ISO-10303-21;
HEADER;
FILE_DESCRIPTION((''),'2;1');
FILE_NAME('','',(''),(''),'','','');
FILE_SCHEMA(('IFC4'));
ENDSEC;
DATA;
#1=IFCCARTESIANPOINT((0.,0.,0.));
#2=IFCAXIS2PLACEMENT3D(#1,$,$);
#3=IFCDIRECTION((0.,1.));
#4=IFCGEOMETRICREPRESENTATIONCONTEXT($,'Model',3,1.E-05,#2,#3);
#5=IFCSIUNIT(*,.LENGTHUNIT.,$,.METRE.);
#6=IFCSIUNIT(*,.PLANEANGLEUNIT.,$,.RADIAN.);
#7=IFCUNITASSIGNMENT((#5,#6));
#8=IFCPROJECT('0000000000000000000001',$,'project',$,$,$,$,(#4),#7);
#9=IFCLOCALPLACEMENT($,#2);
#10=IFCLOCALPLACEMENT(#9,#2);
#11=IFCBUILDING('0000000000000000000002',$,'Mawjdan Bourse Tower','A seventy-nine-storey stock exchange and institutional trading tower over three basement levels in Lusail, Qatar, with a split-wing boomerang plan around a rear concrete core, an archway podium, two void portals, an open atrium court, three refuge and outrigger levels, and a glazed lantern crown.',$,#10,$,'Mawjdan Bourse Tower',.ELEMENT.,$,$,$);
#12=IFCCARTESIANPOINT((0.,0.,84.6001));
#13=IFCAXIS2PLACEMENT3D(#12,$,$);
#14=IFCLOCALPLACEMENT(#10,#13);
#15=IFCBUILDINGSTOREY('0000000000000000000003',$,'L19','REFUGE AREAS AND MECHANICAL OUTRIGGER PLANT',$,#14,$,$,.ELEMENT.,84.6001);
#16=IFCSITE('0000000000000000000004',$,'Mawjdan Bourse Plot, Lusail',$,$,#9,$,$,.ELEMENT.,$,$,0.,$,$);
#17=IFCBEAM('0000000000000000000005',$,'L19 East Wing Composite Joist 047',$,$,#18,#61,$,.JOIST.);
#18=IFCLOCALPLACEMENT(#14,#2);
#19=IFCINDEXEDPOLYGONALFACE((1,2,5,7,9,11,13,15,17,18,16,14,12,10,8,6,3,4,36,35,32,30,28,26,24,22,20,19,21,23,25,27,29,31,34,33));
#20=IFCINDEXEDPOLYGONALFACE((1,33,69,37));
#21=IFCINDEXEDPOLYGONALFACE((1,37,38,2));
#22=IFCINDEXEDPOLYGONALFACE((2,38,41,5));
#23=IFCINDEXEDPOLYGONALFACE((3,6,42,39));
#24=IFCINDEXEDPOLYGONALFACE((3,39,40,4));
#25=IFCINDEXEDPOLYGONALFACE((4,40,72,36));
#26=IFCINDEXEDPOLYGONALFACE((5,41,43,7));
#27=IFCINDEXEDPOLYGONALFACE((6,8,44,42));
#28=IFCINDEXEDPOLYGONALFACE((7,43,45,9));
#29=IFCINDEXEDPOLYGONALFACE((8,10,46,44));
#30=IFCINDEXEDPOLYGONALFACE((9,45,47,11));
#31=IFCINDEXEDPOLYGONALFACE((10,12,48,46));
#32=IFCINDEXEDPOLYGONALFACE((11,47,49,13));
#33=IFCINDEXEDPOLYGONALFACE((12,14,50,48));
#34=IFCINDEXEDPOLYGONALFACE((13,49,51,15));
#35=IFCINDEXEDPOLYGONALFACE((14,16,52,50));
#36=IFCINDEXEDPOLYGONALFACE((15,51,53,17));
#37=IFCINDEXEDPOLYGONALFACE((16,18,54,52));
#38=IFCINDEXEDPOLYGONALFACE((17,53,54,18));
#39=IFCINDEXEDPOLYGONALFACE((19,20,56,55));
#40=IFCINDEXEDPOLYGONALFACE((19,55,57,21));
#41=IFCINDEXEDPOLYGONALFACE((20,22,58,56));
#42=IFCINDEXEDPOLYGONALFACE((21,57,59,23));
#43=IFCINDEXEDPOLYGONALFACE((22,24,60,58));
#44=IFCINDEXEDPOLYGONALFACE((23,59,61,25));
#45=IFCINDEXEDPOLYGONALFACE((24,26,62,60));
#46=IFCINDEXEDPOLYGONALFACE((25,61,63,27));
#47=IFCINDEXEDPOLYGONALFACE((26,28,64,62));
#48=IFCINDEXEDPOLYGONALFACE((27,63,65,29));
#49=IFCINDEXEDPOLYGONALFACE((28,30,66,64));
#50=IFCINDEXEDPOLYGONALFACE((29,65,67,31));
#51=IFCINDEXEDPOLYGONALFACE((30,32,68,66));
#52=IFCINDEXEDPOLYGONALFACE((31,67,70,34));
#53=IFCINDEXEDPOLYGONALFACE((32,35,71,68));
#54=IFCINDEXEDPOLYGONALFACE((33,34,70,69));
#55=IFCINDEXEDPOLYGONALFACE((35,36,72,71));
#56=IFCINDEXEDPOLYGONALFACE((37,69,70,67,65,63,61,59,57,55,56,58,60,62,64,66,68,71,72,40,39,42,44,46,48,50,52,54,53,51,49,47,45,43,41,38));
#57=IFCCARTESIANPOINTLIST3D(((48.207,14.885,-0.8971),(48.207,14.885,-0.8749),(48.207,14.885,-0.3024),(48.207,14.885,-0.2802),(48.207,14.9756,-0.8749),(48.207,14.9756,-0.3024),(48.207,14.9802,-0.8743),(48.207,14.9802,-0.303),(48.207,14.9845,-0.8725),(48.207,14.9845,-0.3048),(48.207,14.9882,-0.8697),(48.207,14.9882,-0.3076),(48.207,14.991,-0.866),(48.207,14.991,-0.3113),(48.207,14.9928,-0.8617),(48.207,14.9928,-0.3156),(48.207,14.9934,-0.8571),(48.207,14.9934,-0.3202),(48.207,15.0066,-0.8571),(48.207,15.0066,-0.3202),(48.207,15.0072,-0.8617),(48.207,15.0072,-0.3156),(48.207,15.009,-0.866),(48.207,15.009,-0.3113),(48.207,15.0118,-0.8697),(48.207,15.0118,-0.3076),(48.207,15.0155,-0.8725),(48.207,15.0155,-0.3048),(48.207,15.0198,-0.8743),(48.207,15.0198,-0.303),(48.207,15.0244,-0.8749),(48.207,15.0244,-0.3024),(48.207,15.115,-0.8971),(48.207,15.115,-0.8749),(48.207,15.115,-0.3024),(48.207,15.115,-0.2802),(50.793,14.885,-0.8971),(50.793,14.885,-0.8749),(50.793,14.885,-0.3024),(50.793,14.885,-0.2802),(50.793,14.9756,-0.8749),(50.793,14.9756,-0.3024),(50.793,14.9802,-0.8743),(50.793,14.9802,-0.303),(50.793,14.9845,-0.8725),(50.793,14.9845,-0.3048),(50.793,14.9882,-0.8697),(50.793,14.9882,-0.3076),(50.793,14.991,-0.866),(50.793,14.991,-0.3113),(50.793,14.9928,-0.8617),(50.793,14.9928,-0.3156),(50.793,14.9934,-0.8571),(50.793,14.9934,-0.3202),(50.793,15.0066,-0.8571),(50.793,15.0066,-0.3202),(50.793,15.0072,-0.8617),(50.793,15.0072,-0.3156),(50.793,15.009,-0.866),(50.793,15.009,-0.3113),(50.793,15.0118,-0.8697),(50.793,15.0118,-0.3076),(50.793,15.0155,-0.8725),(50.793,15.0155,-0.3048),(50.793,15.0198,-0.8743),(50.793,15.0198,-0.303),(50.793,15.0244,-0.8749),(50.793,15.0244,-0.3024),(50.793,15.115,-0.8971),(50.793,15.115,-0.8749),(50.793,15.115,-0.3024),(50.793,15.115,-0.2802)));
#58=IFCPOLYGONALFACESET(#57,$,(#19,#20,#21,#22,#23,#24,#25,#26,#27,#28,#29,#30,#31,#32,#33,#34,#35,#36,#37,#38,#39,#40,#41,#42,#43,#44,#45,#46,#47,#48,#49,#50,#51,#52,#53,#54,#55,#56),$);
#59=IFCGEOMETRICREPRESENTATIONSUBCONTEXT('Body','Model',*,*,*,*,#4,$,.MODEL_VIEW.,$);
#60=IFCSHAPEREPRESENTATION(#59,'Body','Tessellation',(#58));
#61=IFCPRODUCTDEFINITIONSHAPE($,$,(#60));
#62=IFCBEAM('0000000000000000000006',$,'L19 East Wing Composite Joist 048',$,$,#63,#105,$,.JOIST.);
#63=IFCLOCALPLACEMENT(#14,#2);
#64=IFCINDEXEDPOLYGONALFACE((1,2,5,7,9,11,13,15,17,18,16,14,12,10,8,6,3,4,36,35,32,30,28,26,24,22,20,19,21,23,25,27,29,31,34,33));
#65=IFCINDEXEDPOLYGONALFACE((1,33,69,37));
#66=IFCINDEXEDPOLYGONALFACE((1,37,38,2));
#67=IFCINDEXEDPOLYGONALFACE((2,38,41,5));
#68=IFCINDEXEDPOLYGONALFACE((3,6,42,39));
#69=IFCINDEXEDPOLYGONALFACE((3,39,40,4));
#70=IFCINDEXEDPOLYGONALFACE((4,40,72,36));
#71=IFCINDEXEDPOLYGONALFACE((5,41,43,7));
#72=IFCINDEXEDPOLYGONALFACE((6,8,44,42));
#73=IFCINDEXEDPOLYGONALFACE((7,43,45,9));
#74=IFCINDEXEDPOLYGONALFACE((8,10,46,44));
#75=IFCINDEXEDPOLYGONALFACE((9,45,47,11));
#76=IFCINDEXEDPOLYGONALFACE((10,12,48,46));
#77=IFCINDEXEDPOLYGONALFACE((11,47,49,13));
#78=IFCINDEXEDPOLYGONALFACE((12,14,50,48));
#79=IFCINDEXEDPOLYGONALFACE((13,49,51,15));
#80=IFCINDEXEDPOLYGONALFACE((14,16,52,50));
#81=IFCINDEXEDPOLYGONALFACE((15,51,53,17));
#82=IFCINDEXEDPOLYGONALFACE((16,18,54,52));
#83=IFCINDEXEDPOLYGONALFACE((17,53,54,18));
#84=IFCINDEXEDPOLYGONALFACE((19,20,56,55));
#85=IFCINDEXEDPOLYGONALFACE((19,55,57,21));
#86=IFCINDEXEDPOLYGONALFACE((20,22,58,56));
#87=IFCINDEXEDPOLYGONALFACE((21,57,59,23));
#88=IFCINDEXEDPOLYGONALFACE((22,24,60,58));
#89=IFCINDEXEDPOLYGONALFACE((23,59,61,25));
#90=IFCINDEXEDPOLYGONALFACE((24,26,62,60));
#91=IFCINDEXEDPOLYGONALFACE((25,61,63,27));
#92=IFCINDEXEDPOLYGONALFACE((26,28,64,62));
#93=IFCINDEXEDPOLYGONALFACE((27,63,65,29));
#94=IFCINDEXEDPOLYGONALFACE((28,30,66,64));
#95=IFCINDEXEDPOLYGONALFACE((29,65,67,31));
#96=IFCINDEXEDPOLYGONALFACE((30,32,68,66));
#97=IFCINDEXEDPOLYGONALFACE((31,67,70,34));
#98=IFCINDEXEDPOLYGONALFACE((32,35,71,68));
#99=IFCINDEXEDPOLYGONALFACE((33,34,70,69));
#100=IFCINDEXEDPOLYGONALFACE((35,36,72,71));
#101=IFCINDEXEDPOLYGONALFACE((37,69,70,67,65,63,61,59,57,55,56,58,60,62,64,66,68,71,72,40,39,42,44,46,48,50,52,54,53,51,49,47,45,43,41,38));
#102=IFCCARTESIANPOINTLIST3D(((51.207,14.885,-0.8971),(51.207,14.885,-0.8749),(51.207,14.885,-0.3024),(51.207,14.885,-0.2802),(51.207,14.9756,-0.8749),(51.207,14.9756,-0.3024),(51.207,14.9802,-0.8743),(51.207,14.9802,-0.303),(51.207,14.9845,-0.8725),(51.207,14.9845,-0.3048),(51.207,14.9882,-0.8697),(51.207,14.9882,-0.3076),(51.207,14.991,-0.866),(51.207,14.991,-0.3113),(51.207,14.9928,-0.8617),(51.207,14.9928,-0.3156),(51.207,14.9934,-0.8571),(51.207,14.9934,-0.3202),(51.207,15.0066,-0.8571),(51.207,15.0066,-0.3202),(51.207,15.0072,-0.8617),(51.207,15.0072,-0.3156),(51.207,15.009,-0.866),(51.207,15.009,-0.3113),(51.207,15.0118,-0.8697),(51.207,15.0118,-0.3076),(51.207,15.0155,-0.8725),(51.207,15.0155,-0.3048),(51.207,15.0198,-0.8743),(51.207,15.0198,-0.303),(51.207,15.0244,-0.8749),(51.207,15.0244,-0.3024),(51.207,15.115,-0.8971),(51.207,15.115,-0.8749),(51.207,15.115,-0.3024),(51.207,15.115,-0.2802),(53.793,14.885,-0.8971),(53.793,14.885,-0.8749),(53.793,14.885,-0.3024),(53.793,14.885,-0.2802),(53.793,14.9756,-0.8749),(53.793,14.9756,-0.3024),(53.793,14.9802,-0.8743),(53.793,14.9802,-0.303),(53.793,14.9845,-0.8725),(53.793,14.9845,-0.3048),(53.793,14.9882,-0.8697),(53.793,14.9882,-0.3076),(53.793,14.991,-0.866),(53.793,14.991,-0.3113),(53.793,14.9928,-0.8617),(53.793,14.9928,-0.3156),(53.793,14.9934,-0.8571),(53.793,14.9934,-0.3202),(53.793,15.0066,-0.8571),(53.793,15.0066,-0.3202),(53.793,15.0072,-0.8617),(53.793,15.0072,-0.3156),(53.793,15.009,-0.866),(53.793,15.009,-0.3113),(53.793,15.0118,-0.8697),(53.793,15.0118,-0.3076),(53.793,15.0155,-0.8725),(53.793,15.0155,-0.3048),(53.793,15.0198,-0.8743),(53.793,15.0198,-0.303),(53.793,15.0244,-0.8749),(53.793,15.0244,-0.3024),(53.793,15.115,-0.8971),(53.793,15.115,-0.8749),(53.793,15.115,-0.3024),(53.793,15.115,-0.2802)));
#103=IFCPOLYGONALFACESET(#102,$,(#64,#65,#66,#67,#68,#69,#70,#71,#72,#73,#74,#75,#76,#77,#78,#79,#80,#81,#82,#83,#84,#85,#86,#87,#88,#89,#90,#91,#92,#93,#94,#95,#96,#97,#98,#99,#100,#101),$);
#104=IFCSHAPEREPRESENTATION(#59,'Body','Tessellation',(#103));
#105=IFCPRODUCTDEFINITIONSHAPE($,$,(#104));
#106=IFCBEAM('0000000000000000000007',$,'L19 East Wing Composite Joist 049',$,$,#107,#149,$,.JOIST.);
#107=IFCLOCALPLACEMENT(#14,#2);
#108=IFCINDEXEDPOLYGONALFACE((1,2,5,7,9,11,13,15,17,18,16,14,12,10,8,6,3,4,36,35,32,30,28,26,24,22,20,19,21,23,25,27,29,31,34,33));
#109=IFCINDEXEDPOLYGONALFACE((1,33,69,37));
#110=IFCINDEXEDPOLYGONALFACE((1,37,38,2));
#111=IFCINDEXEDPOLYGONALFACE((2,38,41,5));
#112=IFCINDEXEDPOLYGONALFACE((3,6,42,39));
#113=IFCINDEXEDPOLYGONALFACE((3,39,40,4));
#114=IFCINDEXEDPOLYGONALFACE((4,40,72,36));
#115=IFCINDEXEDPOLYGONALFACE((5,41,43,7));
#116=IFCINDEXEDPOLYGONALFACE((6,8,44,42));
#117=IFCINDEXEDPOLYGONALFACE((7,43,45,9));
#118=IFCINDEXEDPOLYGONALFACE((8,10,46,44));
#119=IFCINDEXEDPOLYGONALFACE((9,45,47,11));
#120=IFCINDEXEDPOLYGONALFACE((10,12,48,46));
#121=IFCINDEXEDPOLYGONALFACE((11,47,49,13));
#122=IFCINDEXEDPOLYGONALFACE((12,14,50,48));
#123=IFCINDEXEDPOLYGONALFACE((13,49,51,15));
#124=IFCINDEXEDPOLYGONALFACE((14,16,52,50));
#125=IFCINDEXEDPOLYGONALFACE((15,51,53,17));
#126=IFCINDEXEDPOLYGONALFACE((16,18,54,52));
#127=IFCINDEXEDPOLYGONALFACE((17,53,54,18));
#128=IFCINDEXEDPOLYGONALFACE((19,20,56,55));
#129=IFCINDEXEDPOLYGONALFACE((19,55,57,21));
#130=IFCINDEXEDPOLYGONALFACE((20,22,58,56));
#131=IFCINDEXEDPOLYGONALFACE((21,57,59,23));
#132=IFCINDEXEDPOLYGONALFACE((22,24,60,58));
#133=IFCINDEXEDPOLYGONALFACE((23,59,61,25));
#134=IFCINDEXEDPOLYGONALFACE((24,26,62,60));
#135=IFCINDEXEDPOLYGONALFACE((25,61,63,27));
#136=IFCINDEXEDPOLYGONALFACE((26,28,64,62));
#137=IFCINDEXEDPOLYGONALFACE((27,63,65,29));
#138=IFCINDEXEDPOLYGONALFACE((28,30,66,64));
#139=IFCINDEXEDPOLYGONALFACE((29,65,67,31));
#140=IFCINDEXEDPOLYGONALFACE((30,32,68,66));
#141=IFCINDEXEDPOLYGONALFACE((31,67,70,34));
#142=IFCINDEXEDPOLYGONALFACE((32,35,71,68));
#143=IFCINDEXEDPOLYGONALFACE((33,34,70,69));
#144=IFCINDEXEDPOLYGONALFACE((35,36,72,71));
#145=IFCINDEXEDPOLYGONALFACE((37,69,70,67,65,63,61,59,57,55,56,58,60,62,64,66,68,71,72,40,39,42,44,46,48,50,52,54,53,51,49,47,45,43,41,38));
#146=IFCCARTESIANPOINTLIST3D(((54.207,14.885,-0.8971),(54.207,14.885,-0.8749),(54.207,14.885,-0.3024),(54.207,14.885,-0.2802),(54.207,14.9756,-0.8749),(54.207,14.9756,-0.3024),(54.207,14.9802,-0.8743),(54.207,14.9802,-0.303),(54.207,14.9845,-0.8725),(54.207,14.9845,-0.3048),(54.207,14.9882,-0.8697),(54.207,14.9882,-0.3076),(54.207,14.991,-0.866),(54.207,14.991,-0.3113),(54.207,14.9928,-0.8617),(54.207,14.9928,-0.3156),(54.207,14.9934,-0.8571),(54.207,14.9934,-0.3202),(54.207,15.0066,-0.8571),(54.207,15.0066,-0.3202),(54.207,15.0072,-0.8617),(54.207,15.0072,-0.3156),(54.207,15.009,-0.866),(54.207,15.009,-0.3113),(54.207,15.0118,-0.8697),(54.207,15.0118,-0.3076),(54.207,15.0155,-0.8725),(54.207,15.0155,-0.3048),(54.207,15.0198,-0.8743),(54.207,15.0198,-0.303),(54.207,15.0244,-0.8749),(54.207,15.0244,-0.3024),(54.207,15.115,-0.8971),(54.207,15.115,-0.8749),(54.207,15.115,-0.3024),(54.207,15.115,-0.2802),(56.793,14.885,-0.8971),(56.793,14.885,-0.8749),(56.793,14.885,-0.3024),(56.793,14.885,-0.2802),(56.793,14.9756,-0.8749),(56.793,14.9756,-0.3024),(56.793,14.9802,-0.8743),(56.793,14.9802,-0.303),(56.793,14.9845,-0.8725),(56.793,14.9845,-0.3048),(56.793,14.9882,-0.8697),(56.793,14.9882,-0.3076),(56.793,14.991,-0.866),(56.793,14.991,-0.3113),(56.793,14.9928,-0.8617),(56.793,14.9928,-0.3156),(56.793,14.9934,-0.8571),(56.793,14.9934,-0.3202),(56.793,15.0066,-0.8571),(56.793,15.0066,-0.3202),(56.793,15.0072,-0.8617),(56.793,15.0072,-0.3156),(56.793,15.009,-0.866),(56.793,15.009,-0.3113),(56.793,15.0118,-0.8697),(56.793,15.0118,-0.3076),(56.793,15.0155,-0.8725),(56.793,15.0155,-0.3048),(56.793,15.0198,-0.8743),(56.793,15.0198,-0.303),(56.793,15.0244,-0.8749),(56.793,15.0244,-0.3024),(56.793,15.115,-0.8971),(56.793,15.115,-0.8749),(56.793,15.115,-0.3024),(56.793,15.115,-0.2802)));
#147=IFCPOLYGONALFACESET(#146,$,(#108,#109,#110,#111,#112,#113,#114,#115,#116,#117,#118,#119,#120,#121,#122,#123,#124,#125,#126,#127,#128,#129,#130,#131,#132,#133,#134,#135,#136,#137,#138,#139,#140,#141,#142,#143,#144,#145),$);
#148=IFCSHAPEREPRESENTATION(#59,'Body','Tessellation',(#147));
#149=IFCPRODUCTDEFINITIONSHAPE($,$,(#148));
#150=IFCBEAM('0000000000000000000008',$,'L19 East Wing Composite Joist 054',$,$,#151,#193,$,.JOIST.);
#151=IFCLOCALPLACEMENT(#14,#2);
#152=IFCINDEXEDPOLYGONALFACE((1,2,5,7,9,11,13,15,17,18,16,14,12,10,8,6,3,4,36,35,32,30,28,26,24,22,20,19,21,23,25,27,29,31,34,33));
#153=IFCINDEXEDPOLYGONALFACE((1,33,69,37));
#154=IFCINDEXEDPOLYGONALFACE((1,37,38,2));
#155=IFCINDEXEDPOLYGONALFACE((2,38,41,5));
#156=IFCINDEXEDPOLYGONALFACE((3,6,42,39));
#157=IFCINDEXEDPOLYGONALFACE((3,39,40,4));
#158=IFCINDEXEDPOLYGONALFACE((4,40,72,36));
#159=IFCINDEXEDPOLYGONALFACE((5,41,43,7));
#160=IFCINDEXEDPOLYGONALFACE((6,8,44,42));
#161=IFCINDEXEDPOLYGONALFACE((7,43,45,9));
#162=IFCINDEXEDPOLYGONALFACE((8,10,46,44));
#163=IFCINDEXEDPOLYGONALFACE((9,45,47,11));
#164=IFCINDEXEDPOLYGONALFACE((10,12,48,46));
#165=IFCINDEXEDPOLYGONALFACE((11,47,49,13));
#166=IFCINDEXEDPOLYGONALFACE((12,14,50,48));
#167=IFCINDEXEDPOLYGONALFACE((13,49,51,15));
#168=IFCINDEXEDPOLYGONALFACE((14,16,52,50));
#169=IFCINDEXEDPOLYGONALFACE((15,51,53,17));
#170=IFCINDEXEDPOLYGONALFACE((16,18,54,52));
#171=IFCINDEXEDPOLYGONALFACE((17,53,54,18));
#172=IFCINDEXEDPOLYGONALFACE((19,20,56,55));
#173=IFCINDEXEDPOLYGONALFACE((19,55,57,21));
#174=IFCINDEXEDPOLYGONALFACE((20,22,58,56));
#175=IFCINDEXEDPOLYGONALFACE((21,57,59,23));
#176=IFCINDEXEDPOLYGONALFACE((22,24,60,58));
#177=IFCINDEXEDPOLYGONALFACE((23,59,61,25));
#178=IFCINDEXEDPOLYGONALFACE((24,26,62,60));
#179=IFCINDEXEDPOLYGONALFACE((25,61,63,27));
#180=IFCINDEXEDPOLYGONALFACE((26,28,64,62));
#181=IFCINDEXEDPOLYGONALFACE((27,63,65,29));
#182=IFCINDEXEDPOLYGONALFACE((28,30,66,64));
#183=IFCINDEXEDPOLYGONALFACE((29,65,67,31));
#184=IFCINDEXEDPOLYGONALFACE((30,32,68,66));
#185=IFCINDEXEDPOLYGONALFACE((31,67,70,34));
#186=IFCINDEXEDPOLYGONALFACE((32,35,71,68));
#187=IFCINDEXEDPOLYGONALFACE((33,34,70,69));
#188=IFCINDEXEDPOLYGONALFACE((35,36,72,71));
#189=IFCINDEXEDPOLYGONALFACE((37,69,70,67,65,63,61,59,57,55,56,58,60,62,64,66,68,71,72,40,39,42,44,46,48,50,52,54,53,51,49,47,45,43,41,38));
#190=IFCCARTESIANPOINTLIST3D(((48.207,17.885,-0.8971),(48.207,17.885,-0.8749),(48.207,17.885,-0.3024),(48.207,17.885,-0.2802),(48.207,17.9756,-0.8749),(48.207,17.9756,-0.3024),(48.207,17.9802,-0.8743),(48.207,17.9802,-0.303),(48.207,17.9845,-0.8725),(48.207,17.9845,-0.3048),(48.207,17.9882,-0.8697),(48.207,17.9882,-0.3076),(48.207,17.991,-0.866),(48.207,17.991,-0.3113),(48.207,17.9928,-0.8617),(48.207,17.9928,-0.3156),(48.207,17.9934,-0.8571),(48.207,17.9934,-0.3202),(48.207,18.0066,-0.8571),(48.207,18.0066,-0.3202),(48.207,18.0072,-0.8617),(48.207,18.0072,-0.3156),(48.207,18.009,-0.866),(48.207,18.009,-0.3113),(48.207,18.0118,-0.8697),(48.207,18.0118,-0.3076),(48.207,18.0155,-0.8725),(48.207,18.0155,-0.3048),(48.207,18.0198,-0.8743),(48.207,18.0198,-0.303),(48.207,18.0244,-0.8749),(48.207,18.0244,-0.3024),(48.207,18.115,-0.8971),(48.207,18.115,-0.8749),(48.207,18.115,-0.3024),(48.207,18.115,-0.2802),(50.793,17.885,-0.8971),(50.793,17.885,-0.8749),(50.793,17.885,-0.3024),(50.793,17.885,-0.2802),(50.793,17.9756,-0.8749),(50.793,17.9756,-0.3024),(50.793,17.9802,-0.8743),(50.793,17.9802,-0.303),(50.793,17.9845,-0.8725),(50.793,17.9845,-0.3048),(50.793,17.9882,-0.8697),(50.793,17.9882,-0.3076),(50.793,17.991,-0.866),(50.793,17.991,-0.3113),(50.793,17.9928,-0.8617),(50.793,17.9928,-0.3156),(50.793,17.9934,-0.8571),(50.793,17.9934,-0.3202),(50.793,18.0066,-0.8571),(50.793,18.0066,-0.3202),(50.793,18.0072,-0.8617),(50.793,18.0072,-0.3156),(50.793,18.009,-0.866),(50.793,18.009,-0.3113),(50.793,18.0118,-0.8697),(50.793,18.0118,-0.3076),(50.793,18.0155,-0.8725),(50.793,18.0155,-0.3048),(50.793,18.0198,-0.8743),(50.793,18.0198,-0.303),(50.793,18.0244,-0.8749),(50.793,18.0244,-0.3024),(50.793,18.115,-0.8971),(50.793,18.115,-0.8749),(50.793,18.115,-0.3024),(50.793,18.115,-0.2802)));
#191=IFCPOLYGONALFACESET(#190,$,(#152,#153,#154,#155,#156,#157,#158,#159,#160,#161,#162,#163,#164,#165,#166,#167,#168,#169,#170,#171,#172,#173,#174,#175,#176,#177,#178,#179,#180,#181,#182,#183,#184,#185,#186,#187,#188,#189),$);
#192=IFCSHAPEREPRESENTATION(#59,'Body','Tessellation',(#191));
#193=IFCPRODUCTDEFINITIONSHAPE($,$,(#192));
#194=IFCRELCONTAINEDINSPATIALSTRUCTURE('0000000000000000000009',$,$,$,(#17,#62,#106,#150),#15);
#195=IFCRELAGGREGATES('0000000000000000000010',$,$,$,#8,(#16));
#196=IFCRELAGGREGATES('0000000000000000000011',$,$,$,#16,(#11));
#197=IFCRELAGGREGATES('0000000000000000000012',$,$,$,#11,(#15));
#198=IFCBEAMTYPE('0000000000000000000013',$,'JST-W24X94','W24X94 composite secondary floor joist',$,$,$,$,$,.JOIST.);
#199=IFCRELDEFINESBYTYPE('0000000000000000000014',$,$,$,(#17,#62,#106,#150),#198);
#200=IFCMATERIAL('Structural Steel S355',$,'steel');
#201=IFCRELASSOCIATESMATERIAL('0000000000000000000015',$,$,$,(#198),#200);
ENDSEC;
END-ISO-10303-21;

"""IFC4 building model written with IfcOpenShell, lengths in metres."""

from ifc_helpers import new_model, si_unit, direction, frame, origin, origin_2d, place, context, subcontext, project, spatial, i_section, extrude, material, material_profile, profile_set, type_object, element, save


model = new_model("IFC4")

# Units and contexts
model_context = context("Model", 3, precision=1e-05, world=origin(), true_north=direction((0.0, 1.0)))
body_context = subcontext(model_context, "Body", "Model", "MODEL_VIEW")
ifc_project = project(units=[si_unit("LENGTHUNIT", "METRE"), si_unit("PLANEANGLEUNIT", "RADIAN")], contexts=[model_context])

# Site, building, storey
site_placement = place(None, origin())
site = spatial("IfcSite", under=ifc_project, at=site_placement, Name="Mawjdan Bourse Plot, Lusail", CompositionType="ELEMENT", RefElevation=0.0)
building_placement = place(site_placement, origin())
building = spatial("IfcBuilding", under=site, at=building_placement, Name="Mawjdan Bourse Tower", Description="A seventy-nine-storey stock exchange and institutional trading tower over three basement levels in Lusail, Qatar, with a split-wing boomerang plan around a rear concrete core, an archway podium, two void portals, an open atrium court, three refuge and outrigger levels, and a glazed lantern crown.", LongName="Mawjdan Bourse Tower", CompositionType="ELEMENT")
storey_placement = place(building_placement, frame((0.0, 0.0, 84.6001)))
storey = spatial("IfcBuildingStorey", under=building, at=storey_placement, Name="L19", Description="REFUGE AREAS AND MECHANICAL OUTRIGGER PLANT", CompositionType="ELEMENT", Elevation=84.6001)

# Beams
ifc_material_1 = material(Name="Structural Steel S355", Category="steel")
ifc_material_profile_1 = material_profile(ifc_material_1, i_section(OverallWidth=0.23, OverallDepth=0.6169, WebThickness=0.0132, FlangeThickness=0.0222, FilletRadius=0.0178, at=origin_2d()), Name="W24X94")
ifc_profile_set_1 = profile_set([ifc_material_profile_1], Name="Structural Steel S355")
beam_type_1 = type_object("IfcBeamType", Name="JST-W24X94", Description="W24X94 composite secondary floor joist", PredefinedType="JOIST", material=ifc_profile_set_1)
for number, where, z_axis, x_axis, name in (
    (1, (48.207, 15.0, -0.5886), (1.0, 0.0, 0.0), (0.0, 1.0, 0.0), "L19 East Wing Composite Joist 047"),
    (2, (51.207, 15.0, -0.5886), (1.0, 0.0, 0.0), (0.0, 1.0, 0.0), "L19 East Wing Composite Joist 048"),
    (3, (54.207, 15.0, -0.5886), (1.0, 0.0, 0.0), (0.0, 1.0, 0.0), "L19 East Wing Composite Joist 049"),
    (4, (48.207, 18.0, -0.5886), (1.0, 0.0, 0.0), (0.0, 1.0, 0.0), "L19 East Wing Composite Joist 054"),
):
    element("IfcBeam", number, at=place(storey_placement, frame(where, z_axis=z_axis, x_axis=x_axis)), inside=storey, type_object=beam_type_1, Name=name, PredefinedType="JOIST", context=body_context, shape_type="SweptSolid", body=[
        extrude(i_section(OverallWidth=0.23, OverallDepth=0.6169, WebThickness=0.0132, FlangeThickness=0.0222, FilletRadius=0.0178, at=origin_2d()), origin(), (0.0, 0.0, 1.0), 2.5859),
    ])

save(model, "model.ifc")
